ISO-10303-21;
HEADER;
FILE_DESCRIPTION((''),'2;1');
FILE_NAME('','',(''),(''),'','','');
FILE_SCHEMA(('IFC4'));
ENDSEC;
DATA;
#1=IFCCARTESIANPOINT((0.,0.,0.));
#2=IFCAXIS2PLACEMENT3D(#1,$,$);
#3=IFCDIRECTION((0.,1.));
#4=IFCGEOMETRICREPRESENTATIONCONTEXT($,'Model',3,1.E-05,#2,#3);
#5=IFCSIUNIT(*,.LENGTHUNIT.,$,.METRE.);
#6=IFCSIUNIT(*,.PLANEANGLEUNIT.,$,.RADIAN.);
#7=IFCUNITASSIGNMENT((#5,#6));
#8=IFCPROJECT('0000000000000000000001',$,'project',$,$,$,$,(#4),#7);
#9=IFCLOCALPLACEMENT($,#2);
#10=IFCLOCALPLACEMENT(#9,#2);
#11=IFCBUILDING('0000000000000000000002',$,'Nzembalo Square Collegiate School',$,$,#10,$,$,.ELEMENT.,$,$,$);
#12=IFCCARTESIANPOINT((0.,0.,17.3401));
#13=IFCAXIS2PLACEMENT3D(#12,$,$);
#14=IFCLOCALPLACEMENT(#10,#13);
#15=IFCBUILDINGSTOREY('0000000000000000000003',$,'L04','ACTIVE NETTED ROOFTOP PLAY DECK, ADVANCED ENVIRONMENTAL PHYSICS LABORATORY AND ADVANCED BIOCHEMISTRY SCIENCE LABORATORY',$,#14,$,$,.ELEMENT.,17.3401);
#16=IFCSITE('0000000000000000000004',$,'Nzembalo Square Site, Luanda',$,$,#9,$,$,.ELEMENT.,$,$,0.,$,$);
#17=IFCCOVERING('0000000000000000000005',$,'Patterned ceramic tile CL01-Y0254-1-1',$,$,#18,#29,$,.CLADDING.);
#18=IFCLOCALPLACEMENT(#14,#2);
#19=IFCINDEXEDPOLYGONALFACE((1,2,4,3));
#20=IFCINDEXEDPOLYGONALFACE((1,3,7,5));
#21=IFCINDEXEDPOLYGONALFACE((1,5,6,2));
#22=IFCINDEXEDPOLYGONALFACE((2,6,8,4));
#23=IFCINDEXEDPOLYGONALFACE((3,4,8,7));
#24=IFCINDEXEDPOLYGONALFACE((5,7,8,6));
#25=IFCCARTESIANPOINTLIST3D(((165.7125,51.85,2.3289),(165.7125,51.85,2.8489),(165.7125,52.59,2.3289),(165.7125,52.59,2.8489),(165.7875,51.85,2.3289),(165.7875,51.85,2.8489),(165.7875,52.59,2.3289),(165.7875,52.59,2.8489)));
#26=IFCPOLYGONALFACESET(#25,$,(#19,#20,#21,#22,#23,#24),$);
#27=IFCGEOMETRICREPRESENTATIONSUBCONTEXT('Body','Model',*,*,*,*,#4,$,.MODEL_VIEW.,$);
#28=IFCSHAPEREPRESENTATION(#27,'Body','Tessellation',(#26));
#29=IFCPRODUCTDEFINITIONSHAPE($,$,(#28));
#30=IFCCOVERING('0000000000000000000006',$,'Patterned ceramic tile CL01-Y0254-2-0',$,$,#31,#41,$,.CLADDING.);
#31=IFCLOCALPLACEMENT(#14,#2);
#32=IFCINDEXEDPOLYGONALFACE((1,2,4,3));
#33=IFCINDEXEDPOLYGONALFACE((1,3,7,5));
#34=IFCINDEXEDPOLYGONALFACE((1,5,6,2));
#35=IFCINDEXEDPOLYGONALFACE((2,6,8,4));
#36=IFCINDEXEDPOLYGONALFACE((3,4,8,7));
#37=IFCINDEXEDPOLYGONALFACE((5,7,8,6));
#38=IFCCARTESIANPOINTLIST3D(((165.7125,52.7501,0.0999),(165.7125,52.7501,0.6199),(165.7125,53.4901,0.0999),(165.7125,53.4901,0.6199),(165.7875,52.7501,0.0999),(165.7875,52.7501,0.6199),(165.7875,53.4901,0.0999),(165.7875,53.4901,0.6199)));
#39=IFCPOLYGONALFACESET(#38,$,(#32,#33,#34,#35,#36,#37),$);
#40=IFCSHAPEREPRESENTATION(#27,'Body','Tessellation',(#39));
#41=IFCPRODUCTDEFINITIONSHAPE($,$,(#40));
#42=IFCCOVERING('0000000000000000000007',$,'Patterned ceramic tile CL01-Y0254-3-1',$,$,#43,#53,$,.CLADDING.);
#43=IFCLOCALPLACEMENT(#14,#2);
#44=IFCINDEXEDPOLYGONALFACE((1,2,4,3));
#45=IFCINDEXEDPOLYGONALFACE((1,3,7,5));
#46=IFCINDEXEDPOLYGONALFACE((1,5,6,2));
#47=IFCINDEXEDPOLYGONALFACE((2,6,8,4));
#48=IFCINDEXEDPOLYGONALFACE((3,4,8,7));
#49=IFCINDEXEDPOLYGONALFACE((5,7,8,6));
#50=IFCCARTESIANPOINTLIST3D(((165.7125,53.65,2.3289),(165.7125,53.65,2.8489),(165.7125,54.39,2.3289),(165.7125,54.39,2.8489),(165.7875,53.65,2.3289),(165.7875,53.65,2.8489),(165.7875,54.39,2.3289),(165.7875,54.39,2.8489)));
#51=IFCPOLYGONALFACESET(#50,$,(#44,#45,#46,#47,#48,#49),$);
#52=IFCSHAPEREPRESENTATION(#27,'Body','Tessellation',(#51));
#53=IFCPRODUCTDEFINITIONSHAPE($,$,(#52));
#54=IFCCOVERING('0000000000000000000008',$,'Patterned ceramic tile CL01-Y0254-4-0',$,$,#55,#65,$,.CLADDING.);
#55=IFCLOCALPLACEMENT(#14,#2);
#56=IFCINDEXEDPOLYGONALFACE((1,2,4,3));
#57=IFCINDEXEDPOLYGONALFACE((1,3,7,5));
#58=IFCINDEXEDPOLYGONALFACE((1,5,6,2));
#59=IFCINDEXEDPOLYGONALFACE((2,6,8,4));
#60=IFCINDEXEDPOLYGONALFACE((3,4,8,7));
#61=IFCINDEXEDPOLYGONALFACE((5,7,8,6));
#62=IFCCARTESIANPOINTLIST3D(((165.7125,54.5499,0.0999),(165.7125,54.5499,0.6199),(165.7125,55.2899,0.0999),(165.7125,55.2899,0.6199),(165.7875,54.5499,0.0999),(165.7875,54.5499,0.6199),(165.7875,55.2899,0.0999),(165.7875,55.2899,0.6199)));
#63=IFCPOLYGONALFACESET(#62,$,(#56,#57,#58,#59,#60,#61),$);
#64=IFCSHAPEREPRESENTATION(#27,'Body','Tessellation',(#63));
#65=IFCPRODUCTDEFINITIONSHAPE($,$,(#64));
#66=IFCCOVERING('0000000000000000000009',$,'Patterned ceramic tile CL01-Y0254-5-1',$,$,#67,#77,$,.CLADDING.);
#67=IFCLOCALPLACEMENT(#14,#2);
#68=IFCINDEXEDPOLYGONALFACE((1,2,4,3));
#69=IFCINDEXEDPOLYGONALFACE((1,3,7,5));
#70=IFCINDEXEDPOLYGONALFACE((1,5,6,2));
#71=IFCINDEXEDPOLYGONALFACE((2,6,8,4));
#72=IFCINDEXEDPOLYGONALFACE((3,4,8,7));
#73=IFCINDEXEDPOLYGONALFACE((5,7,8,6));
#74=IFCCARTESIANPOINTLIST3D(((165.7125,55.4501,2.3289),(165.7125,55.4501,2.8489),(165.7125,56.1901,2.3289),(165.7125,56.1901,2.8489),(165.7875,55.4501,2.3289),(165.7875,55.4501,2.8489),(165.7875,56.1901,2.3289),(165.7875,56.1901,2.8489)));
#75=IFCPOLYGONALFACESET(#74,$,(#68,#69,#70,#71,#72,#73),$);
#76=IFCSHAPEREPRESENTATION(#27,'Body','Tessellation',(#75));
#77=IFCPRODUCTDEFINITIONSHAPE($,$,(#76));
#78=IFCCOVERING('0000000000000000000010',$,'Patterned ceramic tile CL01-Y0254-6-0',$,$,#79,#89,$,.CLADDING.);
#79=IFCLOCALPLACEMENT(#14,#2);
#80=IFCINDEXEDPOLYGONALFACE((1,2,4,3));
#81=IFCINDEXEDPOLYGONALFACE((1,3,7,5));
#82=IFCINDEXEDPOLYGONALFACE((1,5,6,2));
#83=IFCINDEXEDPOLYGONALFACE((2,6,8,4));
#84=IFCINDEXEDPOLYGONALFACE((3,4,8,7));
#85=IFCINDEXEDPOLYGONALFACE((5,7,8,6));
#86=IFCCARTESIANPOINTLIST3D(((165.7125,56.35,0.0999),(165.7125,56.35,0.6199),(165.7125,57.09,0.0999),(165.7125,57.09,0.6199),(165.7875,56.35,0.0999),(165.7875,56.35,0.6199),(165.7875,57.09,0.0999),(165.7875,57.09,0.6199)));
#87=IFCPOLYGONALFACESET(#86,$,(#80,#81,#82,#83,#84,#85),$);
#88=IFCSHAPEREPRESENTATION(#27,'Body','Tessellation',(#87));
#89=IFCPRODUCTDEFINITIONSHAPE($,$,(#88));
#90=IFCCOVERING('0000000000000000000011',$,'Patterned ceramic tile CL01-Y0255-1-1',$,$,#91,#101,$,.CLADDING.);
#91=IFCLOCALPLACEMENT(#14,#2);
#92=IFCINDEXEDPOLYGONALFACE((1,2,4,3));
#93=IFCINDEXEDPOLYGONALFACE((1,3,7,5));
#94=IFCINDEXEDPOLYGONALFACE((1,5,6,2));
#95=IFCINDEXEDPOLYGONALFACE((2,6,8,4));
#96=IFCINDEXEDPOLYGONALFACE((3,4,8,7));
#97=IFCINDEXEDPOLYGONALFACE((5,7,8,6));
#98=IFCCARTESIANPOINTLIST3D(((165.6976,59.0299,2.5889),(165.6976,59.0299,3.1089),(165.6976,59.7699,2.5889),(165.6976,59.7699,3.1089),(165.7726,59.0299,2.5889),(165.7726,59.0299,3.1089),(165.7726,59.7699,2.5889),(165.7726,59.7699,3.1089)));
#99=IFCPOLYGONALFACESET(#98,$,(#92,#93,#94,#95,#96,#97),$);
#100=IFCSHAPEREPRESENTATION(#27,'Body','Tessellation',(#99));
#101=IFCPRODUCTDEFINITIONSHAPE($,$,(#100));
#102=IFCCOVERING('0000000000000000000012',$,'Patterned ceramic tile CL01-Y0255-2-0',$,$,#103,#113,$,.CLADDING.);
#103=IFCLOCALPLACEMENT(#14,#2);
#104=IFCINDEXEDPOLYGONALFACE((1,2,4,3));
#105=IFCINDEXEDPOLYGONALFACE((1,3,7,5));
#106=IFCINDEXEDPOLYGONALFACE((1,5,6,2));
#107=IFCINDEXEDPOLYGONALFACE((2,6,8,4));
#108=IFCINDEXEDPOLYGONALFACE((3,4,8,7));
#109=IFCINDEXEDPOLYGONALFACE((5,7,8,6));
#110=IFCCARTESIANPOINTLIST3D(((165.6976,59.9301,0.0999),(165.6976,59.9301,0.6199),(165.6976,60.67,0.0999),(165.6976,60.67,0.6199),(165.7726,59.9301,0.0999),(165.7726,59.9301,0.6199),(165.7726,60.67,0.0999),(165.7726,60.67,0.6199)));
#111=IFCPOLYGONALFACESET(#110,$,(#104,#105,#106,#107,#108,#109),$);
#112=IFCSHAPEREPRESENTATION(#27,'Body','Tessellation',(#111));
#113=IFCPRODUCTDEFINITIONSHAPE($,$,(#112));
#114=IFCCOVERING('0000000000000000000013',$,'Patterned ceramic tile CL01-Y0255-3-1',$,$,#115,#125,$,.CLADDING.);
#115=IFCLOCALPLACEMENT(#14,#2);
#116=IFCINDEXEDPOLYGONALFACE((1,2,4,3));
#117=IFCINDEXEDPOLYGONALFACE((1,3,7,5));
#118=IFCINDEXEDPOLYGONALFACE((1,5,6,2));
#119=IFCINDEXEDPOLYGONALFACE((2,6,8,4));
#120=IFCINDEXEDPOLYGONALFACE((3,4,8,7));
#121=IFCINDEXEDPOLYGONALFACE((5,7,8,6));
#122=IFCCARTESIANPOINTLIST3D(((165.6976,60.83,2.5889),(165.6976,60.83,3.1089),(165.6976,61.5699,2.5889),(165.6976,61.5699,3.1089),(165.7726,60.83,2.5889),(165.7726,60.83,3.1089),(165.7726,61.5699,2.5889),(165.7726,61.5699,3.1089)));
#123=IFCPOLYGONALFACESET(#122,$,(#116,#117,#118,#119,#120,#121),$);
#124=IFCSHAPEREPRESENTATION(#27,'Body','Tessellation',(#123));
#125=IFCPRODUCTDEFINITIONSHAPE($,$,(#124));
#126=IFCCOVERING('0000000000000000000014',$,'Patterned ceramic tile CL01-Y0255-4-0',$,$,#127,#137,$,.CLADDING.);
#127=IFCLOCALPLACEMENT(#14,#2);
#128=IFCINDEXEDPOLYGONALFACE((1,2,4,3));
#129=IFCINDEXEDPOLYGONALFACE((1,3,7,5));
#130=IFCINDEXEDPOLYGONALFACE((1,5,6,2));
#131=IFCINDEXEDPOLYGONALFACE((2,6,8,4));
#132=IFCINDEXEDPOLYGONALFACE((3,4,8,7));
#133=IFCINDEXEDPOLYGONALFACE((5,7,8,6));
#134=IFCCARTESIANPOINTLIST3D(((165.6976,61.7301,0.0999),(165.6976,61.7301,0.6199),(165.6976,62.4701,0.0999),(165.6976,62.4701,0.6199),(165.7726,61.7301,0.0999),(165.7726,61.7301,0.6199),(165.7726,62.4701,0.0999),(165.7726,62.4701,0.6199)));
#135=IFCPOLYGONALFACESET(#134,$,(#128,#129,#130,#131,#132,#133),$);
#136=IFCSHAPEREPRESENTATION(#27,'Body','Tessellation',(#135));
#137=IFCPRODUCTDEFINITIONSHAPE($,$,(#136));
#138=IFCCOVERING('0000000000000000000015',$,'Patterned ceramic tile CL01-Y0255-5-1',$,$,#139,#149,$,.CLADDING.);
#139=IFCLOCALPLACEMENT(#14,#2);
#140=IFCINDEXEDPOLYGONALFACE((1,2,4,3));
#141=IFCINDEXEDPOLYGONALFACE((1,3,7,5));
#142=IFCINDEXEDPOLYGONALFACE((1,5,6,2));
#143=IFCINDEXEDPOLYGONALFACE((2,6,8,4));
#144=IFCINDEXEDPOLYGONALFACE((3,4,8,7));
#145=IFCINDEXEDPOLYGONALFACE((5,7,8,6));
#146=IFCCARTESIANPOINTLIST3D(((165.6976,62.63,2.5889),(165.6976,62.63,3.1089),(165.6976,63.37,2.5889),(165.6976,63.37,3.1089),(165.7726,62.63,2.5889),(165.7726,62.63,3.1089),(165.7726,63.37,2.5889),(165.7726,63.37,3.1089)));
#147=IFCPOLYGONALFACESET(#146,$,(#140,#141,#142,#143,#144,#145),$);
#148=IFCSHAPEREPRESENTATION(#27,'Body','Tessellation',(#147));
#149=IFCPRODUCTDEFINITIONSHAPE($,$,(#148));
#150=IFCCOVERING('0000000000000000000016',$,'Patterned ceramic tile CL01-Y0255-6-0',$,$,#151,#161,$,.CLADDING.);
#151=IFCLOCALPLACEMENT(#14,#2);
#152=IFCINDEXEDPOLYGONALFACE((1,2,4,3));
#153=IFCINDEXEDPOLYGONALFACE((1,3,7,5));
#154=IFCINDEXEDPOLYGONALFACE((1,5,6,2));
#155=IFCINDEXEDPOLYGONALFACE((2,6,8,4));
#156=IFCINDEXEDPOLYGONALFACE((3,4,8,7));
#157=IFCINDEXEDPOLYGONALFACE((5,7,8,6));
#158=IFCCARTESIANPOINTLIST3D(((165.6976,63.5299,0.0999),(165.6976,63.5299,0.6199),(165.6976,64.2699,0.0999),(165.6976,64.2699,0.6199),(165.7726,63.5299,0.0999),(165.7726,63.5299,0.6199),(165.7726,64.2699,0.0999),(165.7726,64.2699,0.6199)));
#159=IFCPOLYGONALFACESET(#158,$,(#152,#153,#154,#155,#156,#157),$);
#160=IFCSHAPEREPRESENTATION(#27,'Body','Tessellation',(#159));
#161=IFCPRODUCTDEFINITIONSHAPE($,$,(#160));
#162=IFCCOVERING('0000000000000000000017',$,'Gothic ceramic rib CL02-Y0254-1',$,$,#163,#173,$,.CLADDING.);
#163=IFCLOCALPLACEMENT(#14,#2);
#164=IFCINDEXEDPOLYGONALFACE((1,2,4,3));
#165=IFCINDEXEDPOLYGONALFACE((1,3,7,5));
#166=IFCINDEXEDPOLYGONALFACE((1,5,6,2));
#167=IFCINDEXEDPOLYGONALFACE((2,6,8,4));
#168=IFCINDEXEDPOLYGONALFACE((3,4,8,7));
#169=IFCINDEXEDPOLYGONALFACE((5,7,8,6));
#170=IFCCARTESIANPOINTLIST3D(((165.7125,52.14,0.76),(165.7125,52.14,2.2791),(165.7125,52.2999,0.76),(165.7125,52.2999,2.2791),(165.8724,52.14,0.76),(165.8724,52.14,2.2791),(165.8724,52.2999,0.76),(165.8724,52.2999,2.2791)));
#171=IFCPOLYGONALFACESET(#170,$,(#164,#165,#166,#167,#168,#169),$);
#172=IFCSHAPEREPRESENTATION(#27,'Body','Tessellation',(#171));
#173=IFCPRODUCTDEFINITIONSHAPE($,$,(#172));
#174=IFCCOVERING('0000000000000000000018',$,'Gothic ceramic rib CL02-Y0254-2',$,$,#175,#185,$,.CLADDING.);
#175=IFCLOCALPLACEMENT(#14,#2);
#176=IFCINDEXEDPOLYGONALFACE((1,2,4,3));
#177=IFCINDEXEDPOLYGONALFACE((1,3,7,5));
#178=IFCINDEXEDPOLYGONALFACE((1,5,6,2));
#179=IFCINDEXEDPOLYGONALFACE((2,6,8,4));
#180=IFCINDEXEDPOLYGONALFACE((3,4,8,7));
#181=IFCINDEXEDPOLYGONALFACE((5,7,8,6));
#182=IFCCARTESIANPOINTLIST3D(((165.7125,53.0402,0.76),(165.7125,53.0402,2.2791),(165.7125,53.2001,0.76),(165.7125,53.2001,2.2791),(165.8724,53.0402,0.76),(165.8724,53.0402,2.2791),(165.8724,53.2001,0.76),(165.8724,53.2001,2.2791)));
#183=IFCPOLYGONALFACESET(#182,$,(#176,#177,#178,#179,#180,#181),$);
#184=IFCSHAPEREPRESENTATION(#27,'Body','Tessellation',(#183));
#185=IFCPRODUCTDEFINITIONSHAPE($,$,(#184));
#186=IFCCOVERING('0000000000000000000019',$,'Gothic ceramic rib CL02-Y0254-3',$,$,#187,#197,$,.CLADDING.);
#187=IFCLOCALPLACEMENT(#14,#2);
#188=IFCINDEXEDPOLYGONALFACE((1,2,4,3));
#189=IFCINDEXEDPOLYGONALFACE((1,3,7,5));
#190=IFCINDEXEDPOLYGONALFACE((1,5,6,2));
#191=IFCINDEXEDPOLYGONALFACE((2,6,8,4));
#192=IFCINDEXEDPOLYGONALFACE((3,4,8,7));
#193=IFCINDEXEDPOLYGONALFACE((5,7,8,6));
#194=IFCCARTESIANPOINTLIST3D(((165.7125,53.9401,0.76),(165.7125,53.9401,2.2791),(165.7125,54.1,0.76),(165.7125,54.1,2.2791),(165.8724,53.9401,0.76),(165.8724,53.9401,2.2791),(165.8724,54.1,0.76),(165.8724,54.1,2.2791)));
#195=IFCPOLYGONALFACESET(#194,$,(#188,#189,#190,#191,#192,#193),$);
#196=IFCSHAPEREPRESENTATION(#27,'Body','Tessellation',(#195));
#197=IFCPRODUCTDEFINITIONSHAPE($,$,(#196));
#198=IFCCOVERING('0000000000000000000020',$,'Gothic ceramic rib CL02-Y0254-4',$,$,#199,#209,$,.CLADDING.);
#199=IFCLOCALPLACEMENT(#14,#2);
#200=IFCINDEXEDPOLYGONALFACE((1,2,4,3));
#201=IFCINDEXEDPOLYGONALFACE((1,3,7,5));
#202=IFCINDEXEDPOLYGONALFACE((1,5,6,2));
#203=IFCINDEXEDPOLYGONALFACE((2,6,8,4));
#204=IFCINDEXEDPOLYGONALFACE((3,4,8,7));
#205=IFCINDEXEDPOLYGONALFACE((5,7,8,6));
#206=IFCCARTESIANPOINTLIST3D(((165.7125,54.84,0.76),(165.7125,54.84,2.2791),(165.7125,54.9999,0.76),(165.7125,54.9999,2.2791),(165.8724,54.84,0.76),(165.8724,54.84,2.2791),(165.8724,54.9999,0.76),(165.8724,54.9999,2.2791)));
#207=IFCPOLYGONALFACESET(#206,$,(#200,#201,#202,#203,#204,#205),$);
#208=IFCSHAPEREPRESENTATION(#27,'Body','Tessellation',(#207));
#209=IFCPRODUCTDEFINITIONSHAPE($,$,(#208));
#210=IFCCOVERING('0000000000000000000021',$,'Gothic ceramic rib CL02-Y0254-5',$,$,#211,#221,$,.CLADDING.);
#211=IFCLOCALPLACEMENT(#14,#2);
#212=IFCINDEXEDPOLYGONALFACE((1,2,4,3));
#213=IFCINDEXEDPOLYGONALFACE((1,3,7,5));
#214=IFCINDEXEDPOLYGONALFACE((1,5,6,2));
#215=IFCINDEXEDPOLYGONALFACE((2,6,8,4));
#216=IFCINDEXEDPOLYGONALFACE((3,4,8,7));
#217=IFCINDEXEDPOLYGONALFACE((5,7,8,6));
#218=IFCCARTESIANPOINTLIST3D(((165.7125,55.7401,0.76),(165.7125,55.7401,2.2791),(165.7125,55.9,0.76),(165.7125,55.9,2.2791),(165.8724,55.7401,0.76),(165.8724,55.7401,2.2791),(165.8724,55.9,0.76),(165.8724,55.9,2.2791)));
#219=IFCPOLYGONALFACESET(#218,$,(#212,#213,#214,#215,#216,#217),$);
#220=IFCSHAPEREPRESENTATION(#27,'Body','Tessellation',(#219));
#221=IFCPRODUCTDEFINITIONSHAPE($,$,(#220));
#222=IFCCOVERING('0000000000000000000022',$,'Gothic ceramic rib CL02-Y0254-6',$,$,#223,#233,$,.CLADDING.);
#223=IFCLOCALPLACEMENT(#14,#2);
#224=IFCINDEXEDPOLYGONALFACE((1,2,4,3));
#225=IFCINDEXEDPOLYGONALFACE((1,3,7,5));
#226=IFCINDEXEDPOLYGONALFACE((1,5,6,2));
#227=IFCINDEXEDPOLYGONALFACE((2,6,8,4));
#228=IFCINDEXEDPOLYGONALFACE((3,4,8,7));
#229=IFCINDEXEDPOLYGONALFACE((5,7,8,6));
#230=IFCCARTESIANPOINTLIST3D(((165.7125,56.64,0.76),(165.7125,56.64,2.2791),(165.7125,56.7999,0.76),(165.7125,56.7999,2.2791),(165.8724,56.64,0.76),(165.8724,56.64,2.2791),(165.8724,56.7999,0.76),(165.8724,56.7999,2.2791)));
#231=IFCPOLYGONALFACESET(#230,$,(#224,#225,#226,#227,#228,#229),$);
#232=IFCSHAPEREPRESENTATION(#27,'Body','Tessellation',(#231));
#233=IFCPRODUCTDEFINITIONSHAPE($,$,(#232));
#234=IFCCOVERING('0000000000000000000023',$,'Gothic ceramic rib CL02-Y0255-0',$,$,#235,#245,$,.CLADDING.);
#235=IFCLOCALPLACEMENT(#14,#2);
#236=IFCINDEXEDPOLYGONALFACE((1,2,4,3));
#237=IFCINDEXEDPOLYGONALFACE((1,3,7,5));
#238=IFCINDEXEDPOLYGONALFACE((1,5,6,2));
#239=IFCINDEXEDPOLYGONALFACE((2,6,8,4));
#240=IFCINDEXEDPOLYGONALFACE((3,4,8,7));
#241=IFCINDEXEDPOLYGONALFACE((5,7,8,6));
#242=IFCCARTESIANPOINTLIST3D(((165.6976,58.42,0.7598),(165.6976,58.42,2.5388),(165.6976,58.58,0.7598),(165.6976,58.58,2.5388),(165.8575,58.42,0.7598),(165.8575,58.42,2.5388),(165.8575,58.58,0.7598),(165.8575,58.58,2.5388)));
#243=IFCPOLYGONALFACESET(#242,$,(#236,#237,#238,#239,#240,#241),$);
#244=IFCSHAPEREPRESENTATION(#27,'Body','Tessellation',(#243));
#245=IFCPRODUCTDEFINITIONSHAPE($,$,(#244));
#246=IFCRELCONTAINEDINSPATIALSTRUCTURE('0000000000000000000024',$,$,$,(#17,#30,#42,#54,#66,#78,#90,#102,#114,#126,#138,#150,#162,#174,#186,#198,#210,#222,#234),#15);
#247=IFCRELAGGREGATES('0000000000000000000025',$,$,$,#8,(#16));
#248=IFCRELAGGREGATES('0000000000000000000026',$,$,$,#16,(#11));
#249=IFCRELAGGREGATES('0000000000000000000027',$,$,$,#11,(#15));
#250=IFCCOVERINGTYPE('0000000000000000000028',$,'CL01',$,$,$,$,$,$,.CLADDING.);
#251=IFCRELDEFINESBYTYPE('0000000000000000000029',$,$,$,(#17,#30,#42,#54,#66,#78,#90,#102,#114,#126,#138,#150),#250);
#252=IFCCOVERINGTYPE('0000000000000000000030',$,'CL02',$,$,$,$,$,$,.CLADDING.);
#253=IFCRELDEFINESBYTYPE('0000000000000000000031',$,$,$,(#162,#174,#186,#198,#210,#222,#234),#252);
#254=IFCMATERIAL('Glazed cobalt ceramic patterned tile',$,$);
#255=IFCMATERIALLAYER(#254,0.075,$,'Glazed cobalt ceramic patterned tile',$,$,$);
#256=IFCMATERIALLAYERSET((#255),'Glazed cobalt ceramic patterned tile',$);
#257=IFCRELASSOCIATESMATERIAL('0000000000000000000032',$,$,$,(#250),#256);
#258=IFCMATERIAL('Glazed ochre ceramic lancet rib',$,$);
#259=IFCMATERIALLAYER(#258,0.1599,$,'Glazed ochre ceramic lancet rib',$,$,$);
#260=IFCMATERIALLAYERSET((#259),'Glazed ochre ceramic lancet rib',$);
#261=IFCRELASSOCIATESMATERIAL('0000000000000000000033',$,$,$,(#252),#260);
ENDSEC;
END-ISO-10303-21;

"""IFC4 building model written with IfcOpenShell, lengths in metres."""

from ifc_helpers import new_model, si_unit, direction, frame, origin, origin_2d, place, context, subcontext, project, spatial, rectangle, extrude, material, layer, layer_set, type_object, element, save


model = new_model("IFC4")

# Units and contexts
model_context = context("Model", 3, precision=1e-05, world=origin(), true_north=direction((0.0, 1.0)))
body_context = subcontext(model_context, "Body", "Model", "MODEL_VIEW")
ifc_project = project(units=[si_unit("LENGTHUNIT", "METRE"), si_unit("PLANEANGLEUNIT", "RADIAN")], contexts=[model_context])

# Site, building, storey
site_placement = place(None, origin())
site = spatial("IfcSite", under=ifc_project, at=site_placement, Name="Nzembalo Square Site, Luanda", CompositionType="ELEMENT", RefElevation=0.0)
building_placement = place(site_placement, origin())
building = spatial("IfcBuilding", under=site, at=building_placement, Name="Nzembalo Square Collegiate School", CompositionType="ELEMENT")
storey_placement = place(building_placement, frame((0.0, 0.0, 17.3401)))
storey = spatial("IfcBuildingStorey", under=building, at=storey_placement, Name="L04", Description="ACTIVE NETTED ROOFTOP PLAY DECK, ADVANCED ENVIRONMENTAL PHYSICS LABORATORY AND ADVANCED BIOCHEMISTRY SCIENCE LABORATORY", CompositionType="ELEMENT", Elevation=17.3401)

# Coverings
ifc_material_1 = material(Name="Glazed cobalt ceramic patterned tile")
ifc_layer_1 = layer(ifc_material_1, 0.075, Name="Glazed cobalt ceramic patterned tile")
ifc_layer_set_1 = layer_set([ifc_layer_1], Name="Glazed cobalt ceramic patterned tile")
covering_type_1 = type_object("IfcCoveringType", Name="CL01", PredefinedType="CLADDING", material=ifc_layer_set_1)
for number, where, z_axis, x_axis, name in (
    (1, (165.75, 52.22, 2.3289), (0.0, 0.0, 1.0), (1.0, 0.0, 0.0), "Patterned ceramic tile CL01-Y0254-1-1"),
    (2, (165.75, 53.1201, 0.0999), (0.0, 0.0, 1.0), (1.0, 0.0, 0.0), "Patterned ceramic tile CL01-Y0254-2-0"),
    (3, (165.75, 54.02, 2.3289), (0.0, 0.0, 1.0), (1.0, 0.0, 0.0), "Patterned ceramic tile CL01-Y0254-3-1"),
    (4, (165.75, 54.9199, 0.0999), (0.0, 0.0, 1.0), (1.0, 0.0, 0.0), "Patterned ceramic tile CL01-Y0254-4-0"),
    (5, (165.75, 55.8201, 2.3289), (0.0, 0.0, 1.0), (1.0, 0.0, 0.0), "Patterned ceramic tile CL01-Y0254-5-1"),
    (6, (165.75, 56.72, 0.0999), (0.0, 0.0, 1.0), (1.0, 0.0, 0.0), "Patterned ceramic tile CL01-Y0254-6-0"),
    (7, (165.7351, 59.3999, 2.5889), (0.0, 0.0, 1.0), (1.0, 0.0, 0.0), "Patterned ceramic tile CL01-Y0255-1-1"),
    (8, (165.7351, 60.3, 0.0999), (0.0, 0.0, 1.0), (1.0, 0.0, 0.0), "Patterned ceramic tile CL01-Y0255-2-0"),
    (9, (165.7351, 61.2, 2.5889), (0.0, 0.0, 1.0), (1.0, 0.0, 0.0), "Patterned ceramic tile CL01-Y0255-3-1"),
    (10, (165.7351, 62.1001, 0.0999), (0.0, 0.0, 1.0), (1.0, 0.0, 0.0), "Patterned ceramic tile CL01-Y0255-4-0"),
    (11, (165.7351, 63.0, 2.5889), (0.0, 0.0, 1.0), (1.0, 0.0, 0.0), "Patterned ceramic tile CL01-Y0255-5-1"),
    (12, (165.7351, 63.8999, 0.0999), (0.0, 0.0, 1.0), (1.0, 0.0, 0.0), "Patterned ceramic tile CL01-Y0255-6-0"),
):
    element("IfcCovering", number, at=place(storey_placement, frame(where, z_axis=z_axis, x_axis=x_axis)), inside=storey, type_object=covering_type_1, Name=name, PredefinedType="CLADDING", context=body_context, shape_type="SweptSolid", body=[
        extrude(rectangle(XDim=0.075, YDim=0.74, at=origin_2d()), origin(), (0.0, 0.0, 1.0), 0.52),
    ])
ifc_material_2 = material(Name="Glazed ochre ceramic lancet rib")
ifc_layer_2 = layer(ifc_material_2, 0.1599, Name="Glazed ochre ceramic lancet rib")
ifc_layer_set_2 = layer_set([ifc_layer_2], Name="Glazed ochre ceramic lancet rib")
covering_type_2 = type_object("IfcCoveringType", Name="CL02", PredefinedType="CLADDING", material=ifc_layer_set_2)
for number, where, z_axis, x_axis, name in (
    (13, (165.7925, 52.22, 0.76), (0.0, 0.0, 1.0), (1.0, 0.0, 0.0), "Gothic ceramic rib CL02-Y0254-1"),
    (14, (165.7925, 53.1201, 0.76), (0.0, 0.0, 1.0), (1.0, 0.0, 0.0), "Gothic ceramic rib CL02-Y0254-2"),
    (15, (165.7925, 54.02, 0.76), (0.0, 0.0, 1.0), (1.0, 0.0, 0.0), "Gothic ceramic rib CL02-Y0254-3"),
    (16, (165.7925, 54.9199, 0.76), (0.0, 0.0, 1.0), (1.0, 0.0, 0.0), "Gothic ceramic rib CL02-Y0254-4"),
    (17, (165.7925, 55.8201, 0.76), (0.0, 0.0, 1.0), (1.0, 0.0, 0.0), "Gothic ceramic rib CL02-Y0254-5"),
    (18, (165.7925, 56.72, 0.76), (0.0, 0.0, 1.0), (1.0, 0.0, 0.0), "Gothic ceramic rib CL02-Y0254-6"),
):
    element("IfcCovering", number, at=place(storey_placement, frame(where, z_axis=z_axis, x_axis=x_axis)), inside=storey, type_object=covering_type_2, Name=name, PredefinedType="CLADDING", context=body_context, shape_type="SweptSolid", body=[
        extrude(rectangle(XDim=0.1599, YDim=0.1599, at=origin_2d()), origin(), (0.0, 0.0, 1.0), 1.519),
    ])
for number, where, z_axis, x_axis, name in (
    (19, (165.7776, 58.5, 0.7598), (0.0, 0.0, 1.0), (1.0, 0.0, 0.0), "Gothic ceramic rib CL02-Y0255-0"),
):
    element("IfcCovering", number, at=place(storey_placement, frame(where, z_axis=z_axis, x_axis=x_axis)), inside=storey, type_object=covering_type_2, Name=name, PredefinedType="CLADDING", context=body_context, shape_type="SweptSolid", body=[
        extrude(rectangle(XDim=0.1599, YDim=0.1599, at=origin_2d()), origin(), (0.0, 0.0, 1.0), 1.7791),
    ])

save(model, "model.ifc")
